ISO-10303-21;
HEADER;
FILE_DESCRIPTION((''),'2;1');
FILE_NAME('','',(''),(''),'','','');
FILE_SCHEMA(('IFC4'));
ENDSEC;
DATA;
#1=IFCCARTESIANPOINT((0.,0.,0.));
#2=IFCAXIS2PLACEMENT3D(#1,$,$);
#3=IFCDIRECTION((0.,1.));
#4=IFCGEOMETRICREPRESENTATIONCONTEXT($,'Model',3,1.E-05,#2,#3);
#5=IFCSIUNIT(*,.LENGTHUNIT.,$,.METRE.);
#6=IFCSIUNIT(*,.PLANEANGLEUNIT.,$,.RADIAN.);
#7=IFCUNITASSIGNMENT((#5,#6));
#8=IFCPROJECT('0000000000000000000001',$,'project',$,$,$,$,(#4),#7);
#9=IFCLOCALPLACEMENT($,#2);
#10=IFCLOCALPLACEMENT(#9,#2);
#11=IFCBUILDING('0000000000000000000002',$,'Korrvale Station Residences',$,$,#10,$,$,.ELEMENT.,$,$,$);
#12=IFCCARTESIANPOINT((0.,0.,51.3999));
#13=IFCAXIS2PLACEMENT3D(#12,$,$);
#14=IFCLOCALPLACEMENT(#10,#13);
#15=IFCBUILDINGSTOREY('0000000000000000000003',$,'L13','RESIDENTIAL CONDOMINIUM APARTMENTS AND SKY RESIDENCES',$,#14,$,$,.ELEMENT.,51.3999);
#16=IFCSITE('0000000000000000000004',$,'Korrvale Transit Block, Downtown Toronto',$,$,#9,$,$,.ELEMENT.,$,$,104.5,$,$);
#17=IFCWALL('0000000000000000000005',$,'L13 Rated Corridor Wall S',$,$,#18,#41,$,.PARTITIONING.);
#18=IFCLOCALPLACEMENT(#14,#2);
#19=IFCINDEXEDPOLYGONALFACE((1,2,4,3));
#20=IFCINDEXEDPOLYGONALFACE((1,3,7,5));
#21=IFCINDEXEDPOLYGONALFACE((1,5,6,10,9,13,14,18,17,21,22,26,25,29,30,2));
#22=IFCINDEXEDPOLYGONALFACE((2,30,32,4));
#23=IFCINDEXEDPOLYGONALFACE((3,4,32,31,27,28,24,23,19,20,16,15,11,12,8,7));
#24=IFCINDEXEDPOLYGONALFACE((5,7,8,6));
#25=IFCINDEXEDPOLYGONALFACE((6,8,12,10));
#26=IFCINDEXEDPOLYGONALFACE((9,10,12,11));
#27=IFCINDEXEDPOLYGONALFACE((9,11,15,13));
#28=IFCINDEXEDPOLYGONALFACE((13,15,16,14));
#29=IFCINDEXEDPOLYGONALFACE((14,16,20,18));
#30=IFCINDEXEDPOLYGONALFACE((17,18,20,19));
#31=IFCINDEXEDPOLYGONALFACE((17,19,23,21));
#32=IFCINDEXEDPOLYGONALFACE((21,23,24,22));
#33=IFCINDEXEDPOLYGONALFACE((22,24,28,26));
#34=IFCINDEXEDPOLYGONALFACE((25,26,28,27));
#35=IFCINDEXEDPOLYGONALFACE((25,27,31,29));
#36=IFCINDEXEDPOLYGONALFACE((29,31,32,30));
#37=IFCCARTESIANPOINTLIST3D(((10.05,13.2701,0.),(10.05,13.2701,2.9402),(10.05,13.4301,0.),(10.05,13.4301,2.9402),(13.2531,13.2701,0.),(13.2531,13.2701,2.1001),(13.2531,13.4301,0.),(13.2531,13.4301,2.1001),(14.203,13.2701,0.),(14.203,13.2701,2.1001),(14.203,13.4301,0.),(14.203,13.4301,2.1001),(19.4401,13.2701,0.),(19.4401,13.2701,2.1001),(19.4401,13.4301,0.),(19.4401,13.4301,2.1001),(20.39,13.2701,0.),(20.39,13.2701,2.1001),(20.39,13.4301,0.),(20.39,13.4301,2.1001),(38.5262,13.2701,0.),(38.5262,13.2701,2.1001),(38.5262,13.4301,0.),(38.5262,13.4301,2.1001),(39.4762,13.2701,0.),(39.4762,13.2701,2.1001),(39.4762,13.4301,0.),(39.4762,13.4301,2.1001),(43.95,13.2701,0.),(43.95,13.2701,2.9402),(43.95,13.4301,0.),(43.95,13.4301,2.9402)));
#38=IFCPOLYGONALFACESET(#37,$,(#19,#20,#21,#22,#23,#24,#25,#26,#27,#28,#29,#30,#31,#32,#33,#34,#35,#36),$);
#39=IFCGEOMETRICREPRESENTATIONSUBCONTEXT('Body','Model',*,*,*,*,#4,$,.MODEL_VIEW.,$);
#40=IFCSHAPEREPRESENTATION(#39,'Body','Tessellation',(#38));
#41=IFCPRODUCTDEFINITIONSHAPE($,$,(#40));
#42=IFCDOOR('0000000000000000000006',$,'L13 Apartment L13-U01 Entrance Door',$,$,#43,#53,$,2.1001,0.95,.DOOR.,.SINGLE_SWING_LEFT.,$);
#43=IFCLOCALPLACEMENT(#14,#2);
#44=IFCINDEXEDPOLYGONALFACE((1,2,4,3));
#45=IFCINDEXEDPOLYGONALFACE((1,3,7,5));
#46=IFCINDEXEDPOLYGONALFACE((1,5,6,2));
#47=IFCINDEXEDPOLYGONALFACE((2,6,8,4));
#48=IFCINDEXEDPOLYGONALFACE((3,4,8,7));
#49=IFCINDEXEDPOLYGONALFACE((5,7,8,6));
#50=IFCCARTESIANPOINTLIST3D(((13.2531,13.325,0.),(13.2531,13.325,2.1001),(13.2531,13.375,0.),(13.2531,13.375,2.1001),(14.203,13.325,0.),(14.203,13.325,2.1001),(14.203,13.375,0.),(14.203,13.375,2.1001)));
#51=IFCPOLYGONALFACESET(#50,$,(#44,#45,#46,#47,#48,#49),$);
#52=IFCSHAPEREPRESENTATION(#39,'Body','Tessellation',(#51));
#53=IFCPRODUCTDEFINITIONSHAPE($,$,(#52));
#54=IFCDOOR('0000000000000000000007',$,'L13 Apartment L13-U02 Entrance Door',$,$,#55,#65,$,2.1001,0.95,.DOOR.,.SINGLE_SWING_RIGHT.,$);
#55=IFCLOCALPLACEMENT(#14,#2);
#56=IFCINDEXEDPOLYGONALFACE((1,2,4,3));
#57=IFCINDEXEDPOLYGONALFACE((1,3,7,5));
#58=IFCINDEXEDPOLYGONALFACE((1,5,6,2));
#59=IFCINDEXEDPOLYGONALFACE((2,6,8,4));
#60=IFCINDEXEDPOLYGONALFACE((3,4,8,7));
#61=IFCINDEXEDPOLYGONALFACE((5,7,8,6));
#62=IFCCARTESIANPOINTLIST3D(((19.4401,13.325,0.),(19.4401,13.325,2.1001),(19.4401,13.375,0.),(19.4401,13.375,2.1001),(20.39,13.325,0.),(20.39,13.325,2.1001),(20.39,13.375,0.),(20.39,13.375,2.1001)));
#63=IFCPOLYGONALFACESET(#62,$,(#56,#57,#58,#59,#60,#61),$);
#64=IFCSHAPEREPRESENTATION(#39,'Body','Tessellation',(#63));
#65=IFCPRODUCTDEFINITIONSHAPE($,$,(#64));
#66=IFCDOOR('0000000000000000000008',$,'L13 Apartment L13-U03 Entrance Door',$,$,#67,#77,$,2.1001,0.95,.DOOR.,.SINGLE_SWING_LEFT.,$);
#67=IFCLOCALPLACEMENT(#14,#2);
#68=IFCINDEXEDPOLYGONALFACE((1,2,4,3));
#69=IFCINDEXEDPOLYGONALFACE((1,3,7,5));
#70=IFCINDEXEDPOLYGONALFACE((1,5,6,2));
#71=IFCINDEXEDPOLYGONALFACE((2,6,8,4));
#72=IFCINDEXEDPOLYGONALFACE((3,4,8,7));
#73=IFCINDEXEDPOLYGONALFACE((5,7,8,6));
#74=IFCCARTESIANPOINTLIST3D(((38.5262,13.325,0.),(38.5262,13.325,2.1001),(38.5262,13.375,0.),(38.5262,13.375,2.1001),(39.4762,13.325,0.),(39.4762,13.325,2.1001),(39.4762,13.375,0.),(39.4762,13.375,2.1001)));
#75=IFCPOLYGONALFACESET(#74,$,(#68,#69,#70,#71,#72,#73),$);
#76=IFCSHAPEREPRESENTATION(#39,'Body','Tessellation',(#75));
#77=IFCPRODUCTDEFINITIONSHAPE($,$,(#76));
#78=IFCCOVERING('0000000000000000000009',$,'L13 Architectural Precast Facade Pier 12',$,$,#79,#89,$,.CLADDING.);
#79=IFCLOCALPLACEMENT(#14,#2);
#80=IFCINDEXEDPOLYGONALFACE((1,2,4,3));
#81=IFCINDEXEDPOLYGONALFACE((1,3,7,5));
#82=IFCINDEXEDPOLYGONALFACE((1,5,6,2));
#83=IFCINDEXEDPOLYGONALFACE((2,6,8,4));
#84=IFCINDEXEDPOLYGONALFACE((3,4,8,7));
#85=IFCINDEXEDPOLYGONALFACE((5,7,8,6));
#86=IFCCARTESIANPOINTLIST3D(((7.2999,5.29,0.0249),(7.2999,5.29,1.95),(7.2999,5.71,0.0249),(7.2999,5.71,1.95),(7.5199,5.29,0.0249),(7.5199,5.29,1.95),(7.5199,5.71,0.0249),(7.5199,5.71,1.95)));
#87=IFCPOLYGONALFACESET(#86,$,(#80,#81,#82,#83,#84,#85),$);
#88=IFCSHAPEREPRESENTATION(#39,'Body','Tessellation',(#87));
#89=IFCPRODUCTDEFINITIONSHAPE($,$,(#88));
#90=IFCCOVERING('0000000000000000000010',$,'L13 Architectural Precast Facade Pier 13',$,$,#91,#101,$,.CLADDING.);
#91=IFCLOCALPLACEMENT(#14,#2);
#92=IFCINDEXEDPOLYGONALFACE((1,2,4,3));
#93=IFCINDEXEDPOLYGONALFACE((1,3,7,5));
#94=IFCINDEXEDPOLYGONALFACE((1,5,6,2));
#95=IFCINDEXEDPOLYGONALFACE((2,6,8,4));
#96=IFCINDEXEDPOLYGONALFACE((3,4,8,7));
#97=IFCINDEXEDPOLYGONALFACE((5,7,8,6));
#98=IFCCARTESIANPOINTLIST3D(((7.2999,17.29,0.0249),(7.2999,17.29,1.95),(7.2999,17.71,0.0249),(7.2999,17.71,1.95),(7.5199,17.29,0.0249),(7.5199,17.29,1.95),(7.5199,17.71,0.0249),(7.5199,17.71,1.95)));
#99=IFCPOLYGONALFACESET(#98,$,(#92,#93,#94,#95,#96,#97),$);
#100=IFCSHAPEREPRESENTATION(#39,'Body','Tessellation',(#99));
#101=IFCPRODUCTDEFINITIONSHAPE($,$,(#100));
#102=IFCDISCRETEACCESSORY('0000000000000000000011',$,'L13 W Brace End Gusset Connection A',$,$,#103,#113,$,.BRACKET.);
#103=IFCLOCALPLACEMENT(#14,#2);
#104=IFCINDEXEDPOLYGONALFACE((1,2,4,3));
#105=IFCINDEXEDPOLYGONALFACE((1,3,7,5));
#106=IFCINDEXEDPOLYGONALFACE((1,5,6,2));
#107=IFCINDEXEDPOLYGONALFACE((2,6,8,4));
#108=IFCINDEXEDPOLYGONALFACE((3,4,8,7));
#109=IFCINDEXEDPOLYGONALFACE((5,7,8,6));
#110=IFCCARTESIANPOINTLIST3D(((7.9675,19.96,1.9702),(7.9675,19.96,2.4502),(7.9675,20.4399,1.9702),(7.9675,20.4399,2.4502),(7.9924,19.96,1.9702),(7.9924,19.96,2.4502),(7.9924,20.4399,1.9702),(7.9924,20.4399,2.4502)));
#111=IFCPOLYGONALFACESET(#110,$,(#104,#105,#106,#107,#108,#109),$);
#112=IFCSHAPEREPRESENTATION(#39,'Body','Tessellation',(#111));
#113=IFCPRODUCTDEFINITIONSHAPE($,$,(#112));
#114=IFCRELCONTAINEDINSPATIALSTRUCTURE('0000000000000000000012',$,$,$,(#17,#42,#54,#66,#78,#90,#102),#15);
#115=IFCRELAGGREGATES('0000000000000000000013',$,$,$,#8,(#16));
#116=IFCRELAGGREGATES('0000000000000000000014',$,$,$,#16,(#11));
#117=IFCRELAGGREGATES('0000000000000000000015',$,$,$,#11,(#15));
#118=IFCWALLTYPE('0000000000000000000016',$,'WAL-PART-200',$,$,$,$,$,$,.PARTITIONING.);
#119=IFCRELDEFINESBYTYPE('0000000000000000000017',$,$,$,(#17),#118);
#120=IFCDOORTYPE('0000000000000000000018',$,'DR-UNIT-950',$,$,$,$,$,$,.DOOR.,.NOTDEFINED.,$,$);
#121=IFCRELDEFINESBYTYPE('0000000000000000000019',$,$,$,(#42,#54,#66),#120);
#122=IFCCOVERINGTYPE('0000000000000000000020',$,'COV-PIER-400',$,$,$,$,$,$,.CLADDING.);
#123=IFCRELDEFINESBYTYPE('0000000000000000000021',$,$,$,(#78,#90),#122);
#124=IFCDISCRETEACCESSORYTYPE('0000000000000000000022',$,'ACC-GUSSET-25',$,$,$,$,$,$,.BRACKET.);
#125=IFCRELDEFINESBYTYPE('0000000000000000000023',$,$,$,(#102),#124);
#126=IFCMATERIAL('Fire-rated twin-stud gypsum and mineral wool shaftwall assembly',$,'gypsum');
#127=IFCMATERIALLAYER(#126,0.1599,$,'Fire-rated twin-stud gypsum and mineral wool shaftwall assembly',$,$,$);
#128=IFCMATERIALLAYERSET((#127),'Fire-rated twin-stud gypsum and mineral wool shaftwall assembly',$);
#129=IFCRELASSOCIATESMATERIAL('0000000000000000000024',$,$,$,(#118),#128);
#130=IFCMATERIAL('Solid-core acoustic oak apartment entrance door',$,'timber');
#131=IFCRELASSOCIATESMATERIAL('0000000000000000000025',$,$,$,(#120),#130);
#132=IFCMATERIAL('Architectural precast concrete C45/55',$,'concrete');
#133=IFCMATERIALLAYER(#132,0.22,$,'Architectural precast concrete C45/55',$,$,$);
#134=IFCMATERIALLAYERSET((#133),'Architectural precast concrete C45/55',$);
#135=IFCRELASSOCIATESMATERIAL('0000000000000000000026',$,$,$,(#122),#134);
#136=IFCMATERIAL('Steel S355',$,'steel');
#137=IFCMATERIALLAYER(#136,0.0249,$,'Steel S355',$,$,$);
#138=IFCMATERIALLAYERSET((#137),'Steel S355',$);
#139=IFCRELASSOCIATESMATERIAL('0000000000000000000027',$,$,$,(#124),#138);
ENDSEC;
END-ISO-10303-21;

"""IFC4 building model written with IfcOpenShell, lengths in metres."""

from ifc_helpers import new_model, si_unit, direction, frame, frame_2d, origin, origin_2d, place, context, subcontext, project, spatial, rectangle, extrude, material, layer, layer_set, type_object, element, fill, save


model = new_model("IFC4")

# Units and contexts
model_context = context("Model", 3, precision=1e-05, world=origin(), true_north=direction((0.0, 1.0)))
body_context = subcontext(model_context, "Body", "Model", "MODEL_VIEW")
ifc_project = project(units=[si_unit("LENGTHUNIT", "METRE"), si_unit("PLANEANGLEUNIT", "RADIAN")], contexts=[model_context])

# Site, building, storey
site_placement = place(None, origin())
site = spatial("IfcSite", under=ifc_project, at=site_placement, Name="Korrvale Transit Block, Downtown Toronto", CompositionType="ELEMENT", RefElevation=104.5)
building_placement = place(site_placement, origin())
building = spatial("IfcBuilding", under=site, at=building_placement, Name="Korrvale Station Residences", CompositionType="ELEMENT")
storey_placement = place(building_placement, frame((0.0, 0.0, 51.3999)))
storey = spatial("IfcBuildingStorey", under=building, at=storey_placement, Name="L13", Description="RESIDENTIAL CONDOMINIUM APARTMENTS AND SKY RESIDENCES", CompositionType="ELEMENT", Elevation=51.3999)

# Shared definitions
ifc_material_1 = material(Name="Steel S355", Category="steel")

# Shared definitions
ifc_material_2 = material(Name="Fire-rated twin-stud gypsum and mineral wool shaftwall assembly", Category="gypsum")
ifc_layer_1 = layer(ifc_material_2, 0.1599, Name="Fire-rated twin-stud gypsum and mineral wool shaftwall assembly")
ifc_layer_set_1 = layer_set([ifc_layer_1], Name="Fire-rated twin-stud gypsum and mineral wool shaftwall assembly")
wall_type_1 = type_object("IfcWallType", Name="WAL-PART-200", PredefinedType="PARTITIONING", material=ifc_layer_set_1)

# Wall, openings, doors
wall_1_placement = place(storey_placement, frame((10.05, 13.3501, 0.0), z_axis=(0.0, 0.0, 1.0), x_axis=(1.0, 0.0, 0.0)))
wall_1 = element("IfcWall", 1, at=wall_1_placement, inside=storey, type_object=wall_type_1, Name="L13 Rated Corridor Wall S", PredefinedType="PARTITIONING", context=body_context, shape_type="SweptSolid", body=[
    extrude(rectangle(XDim=33.8999, YDim=0.1599, at=frame_2d((16.95, 0.0))), origin(), (0.0, 0.0, 1.0), 2.9402),
])
opening_1_placement = place(wall_1_placement, frame((3.2029, 0.0, 0.0)))
opening_1 = element("IfcOpeningElement", 2, at=opening_1_placement, cuts=wall_1, PredefinedType="OPENING", context=body_context, shape_type="SweptSolid", body=[
    extrude(rectangle(XDim=0.95, YDim=2.1001, at=frame_2d((0.4751, 1.05))), frame((0.0, 0.0898, 0.0), z_axis=(0.0, -1.0, 0.0), x_axis=(1.0, 0.0, 0.0)), (0.0, 0.0, 1.0), 0.1799),
])
opening_2_placement = place(wall_1_placement, frame((9.3899, 0.0, 0.0)))
opening_2 = element("IfcOpeningElement", 3, at=opening_2_placement, cuts=wall_1, PredefinedType="OPENING", context=body_context, shape_type="SweptSolid", body=[
    extrude(rectangle(XDim=0.95, YDim=2.1001, at=frame_2d((0.4751, 1.05))), frame((0.0, 0.0898, 0.0), z_axis=(0.0, -1.0, 0.0), x_axis=(1.0, 0.0, 0.0)), (0.0, 0.0, 1.0), 0.1799),
])
opening_3_placement = place(wall_1_placement, frame((28.4761, 0.0, 0.0)))
opening_3 = element("IfcOpeningElement", 4, at=opening_3_placement, cuts=wall_1, PredefinedType="OPENING", context=body_context, shape_type="SweptSolid", body=[
    extrude(rectangle(XDim=0.95, YDim=2.1001, at=frame_2d((0.4751, 1.05))), frame((0.0, 0.0898, 0.0), z_axis=(0.0, -1.0, 0.0), x_axis=(1.0, 0.0, 0.0)), (0.0, 0.0, 1.0), 0.1799),
])
ifc_material_3 = material(Name="Solid-core acoustic oak apartment entrance door", Category="timber")
door_type_1 = type_object("IfcDoorType", Name="DR-UNIT-950", OperationType="NOTDEFINED", PredefinedType="DOOR", material=ifc_material_3)
door_1_placement = place(opening_1_placement, origin())
door_1 = element("IfcDoor", 5, at=door_1_placement, inside=storey, type_object=door_type_1, Name="L13 Apartment L13-U01 Entrance Door", OperationType="SINGLE_SWING_LEFT", OverallHeight=2.1001, OverallWidth=0.95, PredefinedType="DOOR", context=body_context, shape_type="SweptSolid", body=[
    extrude(rectangle(XDim=0.95, YDim=2.1001, at=frame_2d((0.4751, 1.05))), frame((0.0, 0.0249, 0.0), z_axis=(0.0, -1.0, 0.0), x_axis=(1.0, 0.0, 0.0)), (0.0, 0.0, 1.0), 0.05),
])
fill(opening_1, door_1)
door_2_placement = place(opening_2_placement, origin())
door_2 = element("IfcDoor", 6, at=door_2_placement, inside=storey, type_object=door_type_1, Name="L13 Apartment L13-U02 Entrance Door", OperationType="SINGLE_SWING_RIGHT", OverallHeight=2.1001, OverallWidth=0.95, PredefinedType="DOOR", context=body_context, shape_type="SweptSolid", body=[
    extrude(rectangle(XDim=0.95, YDim=2.1001, at=frame_2d((0.4751, 1.05))), frame((0.0, 0.0249, 0.0), z_axis=(0.0, -1.0, 0.0), x_axis=(1.0, 0.0, 0.0)), (0.0, 0.0, 1.0), 0.05),
])
fill(opening_2, door_2)
door_3_placement = place(opening_3_placement, origin())
door_3 = element("IfcDoor", 7, at=door_3_placement, inside=storey, type_object=door_type_1, Name="L13 Apartment L13-U03 Entrance Door", OperationType="SINGLE_SWING_LEFT", OverallHeight=2.1001, OverallWidth=0.95, PredefinedType="DOOR", context=body_context, shape_type="SweptSolid", body=[
    extrude(rectangle(XDim=0.95, YDim=2.1001, at=frame_2d((0.4751, 1.05))), frame((0.0, 0.0249, 0.0), z_axis=(0.0, -1.0, 0.0), x_axis=(1.0, 0.0, 0.0)), (0.0, 0.0, 1.0), 0.05),
])
fill(opening_3, door_3)

# Coverings
ifc_material_4 = material(Name="Architectural precast concrete C45/55", Category="concrete")
ifc_layer_2 = layer(ifc_material_4, 0.22, Name="Architectural precast concrete C45/55")
ifc_layer_set_2 = layer_set([ifc_layer_2], Name="Architectural precast concrete C45/55")
covering_type = type_object("IfcCoveringType", Name="COV-PIER-400", PredefinedType="CLADDING", material=ifc_layer_set_2)
for number, where, z_axis, x_axis, name in (
    (8, (7.4099, 5.5, 0.0249), (0.0, 0.0, 1.0), (0.0, 1.0, 0.0), "L13 Architectural Precast Facade Pier 12"),
    (9, (7.4099, 17.5, 0.0249), (0.0, 0.0, 1.0), (0.0, 1.0, 0.0), "L13 Architectural Precast Facade Pier 13"),
):
    element("IfcCovering", number, at=place(storey_placement, frame(where, z_axis=z_axis, x_axis=x_axis)), inside=storey, type_object=covering_type, Name=name, PredefinedType="CLADDING", context=body_context, shape_type="SweptSolid", body=[
        extrude(rectangle(XDim=0.4199, YDim=0.22, at=origin_2d()), origin(), (0.0, 0.0, 1.0), 1.925),
    ])

# Discrete accessory
ifc_layer_3 = layer(ifc_material_1, 0.0249, Name="Steel S355")
ifc_layer_set_3 = layer_set([ifc_layer_3], Name="Steel S355")
discrete_accessory_type = type_object("IfcDiscreteAccessoryType", Name="ACC-GUSSET-25", PredefinedType="BRACKET", material=ifc_layer_set_3)
discrete_accessory_placement = place(storey_placement, frame((7.98, 20.2, 1.9702), z_axis=(0.0, 0.0, 1.0), x_axis=(0.0, 1.0, 0.0)))
element("IfcDiscreteAccessory", 10, at=discrete_accessory_placement, inside=storey, type_object=discrete_accessory_type, Name="L13 W Brace End Gusset Connection A", PredefinedType="BRACKET", context=body_context, shape_type="SweptSolid", body=[
    extrude(rectangle(XDim=0.48, YDim=0.0249, at=origin_2d()), origin(), (0.0, 0.0, 1.0), 0.48),
])

save(model, "model.ifc")
